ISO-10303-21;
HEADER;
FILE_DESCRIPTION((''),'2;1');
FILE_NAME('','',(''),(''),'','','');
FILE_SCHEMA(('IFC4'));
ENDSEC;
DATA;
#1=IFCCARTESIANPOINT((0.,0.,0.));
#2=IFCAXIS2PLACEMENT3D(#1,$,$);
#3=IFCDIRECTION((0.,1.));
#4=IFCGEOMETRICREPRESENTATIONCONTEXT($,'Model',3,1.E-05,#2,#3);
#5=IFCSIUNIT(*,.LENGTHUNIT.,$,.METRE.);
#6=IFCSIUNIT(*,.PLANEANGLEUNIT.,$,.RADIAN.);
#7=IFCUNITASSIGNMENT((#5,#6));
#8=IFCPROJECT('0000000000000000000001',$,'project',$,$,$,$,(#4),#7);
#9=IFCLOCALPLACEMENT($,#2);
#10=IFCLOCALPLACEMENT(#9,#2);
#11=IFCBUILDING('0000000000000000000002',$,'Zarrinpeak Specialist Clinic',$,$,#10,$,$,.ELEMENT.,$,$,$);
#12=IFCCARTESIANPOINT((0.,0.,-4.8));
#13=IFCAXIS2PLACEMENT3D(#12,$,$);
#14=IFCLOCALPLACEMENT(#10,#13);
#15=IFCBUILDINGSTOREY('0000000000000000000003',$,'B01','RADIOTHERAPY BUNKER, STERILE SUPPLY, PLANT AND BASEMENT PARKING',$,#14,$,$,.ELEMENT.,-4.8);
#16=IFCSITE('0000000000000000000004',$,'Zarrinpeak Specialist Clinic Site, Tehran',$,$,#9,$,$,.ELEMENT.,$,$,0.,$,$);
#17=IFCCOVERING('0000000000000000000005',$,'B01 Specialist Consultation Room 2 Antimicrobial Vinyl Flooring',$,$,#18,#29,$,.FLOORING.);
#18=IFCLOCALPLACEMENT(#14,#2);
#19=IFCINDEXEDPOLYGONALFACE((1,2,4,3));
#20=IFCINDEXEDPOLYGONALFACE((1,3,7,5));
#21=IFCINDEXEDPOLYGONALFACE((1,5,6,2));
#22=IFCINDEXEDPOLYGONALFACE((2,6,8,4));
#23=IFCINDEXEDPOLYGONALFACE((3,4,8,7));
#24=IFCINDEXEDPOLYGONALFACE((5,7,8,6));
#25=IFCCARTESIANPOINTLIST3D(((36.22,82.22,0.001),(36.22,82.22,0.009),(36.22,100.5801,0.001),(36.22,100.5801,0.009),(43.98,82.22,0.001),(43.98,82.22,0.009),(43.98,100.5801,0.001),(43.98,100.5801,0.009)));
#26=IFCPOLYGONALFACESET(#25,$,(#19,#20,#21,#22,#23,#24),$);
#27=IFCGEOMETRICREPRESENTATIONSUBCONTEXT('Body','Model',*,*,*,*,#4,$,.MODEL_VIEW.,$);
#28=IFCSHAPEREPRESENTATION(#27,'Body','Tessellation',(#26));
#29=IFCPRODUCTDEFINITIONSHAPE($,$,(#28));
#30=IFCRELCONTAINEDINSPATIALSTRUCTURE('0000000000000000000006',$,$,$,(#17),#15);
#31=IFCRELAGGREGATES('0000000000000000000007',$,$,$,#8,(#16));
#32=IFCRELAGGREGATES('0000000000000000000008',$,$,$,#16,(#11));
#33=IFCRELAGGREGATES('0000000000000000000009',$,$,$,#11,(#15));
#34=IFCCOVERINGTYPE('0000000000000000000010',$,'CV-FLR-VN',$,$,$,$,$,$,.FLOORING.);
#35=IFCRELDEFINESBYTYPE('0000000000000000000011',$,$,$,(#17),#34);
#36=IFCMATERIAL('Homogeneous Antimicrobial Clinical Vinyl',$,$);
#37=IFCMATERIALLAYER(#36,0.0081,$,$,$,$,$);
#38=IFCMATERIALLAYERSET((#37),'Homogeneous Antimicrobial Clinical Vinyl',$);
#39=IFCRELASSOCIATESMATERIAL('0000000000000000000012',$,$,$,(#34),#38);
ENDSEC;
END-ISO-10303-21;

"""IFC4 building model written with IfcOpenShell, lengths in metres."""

from ifc_helpers import new_model, si_unit, direction, frame, origin, place, context, subcontext, project, spatial, polyline, outline, extrude, material, layer, layer_set, type_object, element, save


model = new_model("IFC4")

# Units and contexts
model_context = context("Model", 3, precision=1e-05, world=origin(), true_north=direction((0.0, 1.0)))
body_context = subcontext(model_context, "Body", "Model", "MODEL_VIEW")
ifc_project = project(units=[si_unit("LENGTHUNIT", "METRE"), si_unit("PLANEANGLEUNIT", "RADIAN")], contexts=[model_context])

# Site, building, storey
site_placement = place(None, origin())
site = spatial("IfcSite", under=ifc_project, at=site_placement, Name="Zarrinpeak Specialist Clinic Site, Tehran", CompositionType="ELEMENT", RefElevation=0.0)
building_placement = place(site_placement, origin())
building = spatial("IfcBuilding", under=site, at=building_placement, Name="Zarrinpeak Specialist Clinic", CompositionType="ELEMENT")
storey_placement = place(building_placement, frame((0.0, 0.0, -4.8)))
storey = spatial("IfcBuildingStorey", under=building, at=storey_placement, Name="B01", Description="RADIOTHERAPY BUNKER, STERILE SUPPLY, PLANT AND BASEMENT PARKING", CompositionType="ELEMENT", Elevation=-4.8)

# Covering
ifc_material_1 = material(Name="Homogeneous Antimicrobial Clinical Vinyl")
ifc_layer_1 = layer(ifc_material_1, 0.0081)
ifc_layer_set_1 = layer_set([ifc_layer_1], Name="Homogeneous Antimicrobial Clinical Vinyl")
covering_type_1 = type_object("IfcCoveringType", Name="CV-FLR-VN", PredefinedType="FLOORING", material=ifc_layer_set_1)
covering_1_placement = place(storey_placement, frame((0.0, 0.0, 0.001)))
element("IfcCovering", 1, at=covering_1_placement, inside=storey, type_object=covering_type_1, Name="B01 Specialist Consultation Room 2 Antimicrobial Vinyl Flooring", PredefinedType="FLOORING", context=body_context, shape_type="SweptSolid", body=[
    extrude(outline(polyline([(36.22, 82.22), (43.98, 82.22), (43.98, 100.5801), (36.22, 100.5801), (36.22, 82.22)])), origin(), (0.0, 0.0, 1.0), 0.0081),
])

save(model, "model.ifc")
